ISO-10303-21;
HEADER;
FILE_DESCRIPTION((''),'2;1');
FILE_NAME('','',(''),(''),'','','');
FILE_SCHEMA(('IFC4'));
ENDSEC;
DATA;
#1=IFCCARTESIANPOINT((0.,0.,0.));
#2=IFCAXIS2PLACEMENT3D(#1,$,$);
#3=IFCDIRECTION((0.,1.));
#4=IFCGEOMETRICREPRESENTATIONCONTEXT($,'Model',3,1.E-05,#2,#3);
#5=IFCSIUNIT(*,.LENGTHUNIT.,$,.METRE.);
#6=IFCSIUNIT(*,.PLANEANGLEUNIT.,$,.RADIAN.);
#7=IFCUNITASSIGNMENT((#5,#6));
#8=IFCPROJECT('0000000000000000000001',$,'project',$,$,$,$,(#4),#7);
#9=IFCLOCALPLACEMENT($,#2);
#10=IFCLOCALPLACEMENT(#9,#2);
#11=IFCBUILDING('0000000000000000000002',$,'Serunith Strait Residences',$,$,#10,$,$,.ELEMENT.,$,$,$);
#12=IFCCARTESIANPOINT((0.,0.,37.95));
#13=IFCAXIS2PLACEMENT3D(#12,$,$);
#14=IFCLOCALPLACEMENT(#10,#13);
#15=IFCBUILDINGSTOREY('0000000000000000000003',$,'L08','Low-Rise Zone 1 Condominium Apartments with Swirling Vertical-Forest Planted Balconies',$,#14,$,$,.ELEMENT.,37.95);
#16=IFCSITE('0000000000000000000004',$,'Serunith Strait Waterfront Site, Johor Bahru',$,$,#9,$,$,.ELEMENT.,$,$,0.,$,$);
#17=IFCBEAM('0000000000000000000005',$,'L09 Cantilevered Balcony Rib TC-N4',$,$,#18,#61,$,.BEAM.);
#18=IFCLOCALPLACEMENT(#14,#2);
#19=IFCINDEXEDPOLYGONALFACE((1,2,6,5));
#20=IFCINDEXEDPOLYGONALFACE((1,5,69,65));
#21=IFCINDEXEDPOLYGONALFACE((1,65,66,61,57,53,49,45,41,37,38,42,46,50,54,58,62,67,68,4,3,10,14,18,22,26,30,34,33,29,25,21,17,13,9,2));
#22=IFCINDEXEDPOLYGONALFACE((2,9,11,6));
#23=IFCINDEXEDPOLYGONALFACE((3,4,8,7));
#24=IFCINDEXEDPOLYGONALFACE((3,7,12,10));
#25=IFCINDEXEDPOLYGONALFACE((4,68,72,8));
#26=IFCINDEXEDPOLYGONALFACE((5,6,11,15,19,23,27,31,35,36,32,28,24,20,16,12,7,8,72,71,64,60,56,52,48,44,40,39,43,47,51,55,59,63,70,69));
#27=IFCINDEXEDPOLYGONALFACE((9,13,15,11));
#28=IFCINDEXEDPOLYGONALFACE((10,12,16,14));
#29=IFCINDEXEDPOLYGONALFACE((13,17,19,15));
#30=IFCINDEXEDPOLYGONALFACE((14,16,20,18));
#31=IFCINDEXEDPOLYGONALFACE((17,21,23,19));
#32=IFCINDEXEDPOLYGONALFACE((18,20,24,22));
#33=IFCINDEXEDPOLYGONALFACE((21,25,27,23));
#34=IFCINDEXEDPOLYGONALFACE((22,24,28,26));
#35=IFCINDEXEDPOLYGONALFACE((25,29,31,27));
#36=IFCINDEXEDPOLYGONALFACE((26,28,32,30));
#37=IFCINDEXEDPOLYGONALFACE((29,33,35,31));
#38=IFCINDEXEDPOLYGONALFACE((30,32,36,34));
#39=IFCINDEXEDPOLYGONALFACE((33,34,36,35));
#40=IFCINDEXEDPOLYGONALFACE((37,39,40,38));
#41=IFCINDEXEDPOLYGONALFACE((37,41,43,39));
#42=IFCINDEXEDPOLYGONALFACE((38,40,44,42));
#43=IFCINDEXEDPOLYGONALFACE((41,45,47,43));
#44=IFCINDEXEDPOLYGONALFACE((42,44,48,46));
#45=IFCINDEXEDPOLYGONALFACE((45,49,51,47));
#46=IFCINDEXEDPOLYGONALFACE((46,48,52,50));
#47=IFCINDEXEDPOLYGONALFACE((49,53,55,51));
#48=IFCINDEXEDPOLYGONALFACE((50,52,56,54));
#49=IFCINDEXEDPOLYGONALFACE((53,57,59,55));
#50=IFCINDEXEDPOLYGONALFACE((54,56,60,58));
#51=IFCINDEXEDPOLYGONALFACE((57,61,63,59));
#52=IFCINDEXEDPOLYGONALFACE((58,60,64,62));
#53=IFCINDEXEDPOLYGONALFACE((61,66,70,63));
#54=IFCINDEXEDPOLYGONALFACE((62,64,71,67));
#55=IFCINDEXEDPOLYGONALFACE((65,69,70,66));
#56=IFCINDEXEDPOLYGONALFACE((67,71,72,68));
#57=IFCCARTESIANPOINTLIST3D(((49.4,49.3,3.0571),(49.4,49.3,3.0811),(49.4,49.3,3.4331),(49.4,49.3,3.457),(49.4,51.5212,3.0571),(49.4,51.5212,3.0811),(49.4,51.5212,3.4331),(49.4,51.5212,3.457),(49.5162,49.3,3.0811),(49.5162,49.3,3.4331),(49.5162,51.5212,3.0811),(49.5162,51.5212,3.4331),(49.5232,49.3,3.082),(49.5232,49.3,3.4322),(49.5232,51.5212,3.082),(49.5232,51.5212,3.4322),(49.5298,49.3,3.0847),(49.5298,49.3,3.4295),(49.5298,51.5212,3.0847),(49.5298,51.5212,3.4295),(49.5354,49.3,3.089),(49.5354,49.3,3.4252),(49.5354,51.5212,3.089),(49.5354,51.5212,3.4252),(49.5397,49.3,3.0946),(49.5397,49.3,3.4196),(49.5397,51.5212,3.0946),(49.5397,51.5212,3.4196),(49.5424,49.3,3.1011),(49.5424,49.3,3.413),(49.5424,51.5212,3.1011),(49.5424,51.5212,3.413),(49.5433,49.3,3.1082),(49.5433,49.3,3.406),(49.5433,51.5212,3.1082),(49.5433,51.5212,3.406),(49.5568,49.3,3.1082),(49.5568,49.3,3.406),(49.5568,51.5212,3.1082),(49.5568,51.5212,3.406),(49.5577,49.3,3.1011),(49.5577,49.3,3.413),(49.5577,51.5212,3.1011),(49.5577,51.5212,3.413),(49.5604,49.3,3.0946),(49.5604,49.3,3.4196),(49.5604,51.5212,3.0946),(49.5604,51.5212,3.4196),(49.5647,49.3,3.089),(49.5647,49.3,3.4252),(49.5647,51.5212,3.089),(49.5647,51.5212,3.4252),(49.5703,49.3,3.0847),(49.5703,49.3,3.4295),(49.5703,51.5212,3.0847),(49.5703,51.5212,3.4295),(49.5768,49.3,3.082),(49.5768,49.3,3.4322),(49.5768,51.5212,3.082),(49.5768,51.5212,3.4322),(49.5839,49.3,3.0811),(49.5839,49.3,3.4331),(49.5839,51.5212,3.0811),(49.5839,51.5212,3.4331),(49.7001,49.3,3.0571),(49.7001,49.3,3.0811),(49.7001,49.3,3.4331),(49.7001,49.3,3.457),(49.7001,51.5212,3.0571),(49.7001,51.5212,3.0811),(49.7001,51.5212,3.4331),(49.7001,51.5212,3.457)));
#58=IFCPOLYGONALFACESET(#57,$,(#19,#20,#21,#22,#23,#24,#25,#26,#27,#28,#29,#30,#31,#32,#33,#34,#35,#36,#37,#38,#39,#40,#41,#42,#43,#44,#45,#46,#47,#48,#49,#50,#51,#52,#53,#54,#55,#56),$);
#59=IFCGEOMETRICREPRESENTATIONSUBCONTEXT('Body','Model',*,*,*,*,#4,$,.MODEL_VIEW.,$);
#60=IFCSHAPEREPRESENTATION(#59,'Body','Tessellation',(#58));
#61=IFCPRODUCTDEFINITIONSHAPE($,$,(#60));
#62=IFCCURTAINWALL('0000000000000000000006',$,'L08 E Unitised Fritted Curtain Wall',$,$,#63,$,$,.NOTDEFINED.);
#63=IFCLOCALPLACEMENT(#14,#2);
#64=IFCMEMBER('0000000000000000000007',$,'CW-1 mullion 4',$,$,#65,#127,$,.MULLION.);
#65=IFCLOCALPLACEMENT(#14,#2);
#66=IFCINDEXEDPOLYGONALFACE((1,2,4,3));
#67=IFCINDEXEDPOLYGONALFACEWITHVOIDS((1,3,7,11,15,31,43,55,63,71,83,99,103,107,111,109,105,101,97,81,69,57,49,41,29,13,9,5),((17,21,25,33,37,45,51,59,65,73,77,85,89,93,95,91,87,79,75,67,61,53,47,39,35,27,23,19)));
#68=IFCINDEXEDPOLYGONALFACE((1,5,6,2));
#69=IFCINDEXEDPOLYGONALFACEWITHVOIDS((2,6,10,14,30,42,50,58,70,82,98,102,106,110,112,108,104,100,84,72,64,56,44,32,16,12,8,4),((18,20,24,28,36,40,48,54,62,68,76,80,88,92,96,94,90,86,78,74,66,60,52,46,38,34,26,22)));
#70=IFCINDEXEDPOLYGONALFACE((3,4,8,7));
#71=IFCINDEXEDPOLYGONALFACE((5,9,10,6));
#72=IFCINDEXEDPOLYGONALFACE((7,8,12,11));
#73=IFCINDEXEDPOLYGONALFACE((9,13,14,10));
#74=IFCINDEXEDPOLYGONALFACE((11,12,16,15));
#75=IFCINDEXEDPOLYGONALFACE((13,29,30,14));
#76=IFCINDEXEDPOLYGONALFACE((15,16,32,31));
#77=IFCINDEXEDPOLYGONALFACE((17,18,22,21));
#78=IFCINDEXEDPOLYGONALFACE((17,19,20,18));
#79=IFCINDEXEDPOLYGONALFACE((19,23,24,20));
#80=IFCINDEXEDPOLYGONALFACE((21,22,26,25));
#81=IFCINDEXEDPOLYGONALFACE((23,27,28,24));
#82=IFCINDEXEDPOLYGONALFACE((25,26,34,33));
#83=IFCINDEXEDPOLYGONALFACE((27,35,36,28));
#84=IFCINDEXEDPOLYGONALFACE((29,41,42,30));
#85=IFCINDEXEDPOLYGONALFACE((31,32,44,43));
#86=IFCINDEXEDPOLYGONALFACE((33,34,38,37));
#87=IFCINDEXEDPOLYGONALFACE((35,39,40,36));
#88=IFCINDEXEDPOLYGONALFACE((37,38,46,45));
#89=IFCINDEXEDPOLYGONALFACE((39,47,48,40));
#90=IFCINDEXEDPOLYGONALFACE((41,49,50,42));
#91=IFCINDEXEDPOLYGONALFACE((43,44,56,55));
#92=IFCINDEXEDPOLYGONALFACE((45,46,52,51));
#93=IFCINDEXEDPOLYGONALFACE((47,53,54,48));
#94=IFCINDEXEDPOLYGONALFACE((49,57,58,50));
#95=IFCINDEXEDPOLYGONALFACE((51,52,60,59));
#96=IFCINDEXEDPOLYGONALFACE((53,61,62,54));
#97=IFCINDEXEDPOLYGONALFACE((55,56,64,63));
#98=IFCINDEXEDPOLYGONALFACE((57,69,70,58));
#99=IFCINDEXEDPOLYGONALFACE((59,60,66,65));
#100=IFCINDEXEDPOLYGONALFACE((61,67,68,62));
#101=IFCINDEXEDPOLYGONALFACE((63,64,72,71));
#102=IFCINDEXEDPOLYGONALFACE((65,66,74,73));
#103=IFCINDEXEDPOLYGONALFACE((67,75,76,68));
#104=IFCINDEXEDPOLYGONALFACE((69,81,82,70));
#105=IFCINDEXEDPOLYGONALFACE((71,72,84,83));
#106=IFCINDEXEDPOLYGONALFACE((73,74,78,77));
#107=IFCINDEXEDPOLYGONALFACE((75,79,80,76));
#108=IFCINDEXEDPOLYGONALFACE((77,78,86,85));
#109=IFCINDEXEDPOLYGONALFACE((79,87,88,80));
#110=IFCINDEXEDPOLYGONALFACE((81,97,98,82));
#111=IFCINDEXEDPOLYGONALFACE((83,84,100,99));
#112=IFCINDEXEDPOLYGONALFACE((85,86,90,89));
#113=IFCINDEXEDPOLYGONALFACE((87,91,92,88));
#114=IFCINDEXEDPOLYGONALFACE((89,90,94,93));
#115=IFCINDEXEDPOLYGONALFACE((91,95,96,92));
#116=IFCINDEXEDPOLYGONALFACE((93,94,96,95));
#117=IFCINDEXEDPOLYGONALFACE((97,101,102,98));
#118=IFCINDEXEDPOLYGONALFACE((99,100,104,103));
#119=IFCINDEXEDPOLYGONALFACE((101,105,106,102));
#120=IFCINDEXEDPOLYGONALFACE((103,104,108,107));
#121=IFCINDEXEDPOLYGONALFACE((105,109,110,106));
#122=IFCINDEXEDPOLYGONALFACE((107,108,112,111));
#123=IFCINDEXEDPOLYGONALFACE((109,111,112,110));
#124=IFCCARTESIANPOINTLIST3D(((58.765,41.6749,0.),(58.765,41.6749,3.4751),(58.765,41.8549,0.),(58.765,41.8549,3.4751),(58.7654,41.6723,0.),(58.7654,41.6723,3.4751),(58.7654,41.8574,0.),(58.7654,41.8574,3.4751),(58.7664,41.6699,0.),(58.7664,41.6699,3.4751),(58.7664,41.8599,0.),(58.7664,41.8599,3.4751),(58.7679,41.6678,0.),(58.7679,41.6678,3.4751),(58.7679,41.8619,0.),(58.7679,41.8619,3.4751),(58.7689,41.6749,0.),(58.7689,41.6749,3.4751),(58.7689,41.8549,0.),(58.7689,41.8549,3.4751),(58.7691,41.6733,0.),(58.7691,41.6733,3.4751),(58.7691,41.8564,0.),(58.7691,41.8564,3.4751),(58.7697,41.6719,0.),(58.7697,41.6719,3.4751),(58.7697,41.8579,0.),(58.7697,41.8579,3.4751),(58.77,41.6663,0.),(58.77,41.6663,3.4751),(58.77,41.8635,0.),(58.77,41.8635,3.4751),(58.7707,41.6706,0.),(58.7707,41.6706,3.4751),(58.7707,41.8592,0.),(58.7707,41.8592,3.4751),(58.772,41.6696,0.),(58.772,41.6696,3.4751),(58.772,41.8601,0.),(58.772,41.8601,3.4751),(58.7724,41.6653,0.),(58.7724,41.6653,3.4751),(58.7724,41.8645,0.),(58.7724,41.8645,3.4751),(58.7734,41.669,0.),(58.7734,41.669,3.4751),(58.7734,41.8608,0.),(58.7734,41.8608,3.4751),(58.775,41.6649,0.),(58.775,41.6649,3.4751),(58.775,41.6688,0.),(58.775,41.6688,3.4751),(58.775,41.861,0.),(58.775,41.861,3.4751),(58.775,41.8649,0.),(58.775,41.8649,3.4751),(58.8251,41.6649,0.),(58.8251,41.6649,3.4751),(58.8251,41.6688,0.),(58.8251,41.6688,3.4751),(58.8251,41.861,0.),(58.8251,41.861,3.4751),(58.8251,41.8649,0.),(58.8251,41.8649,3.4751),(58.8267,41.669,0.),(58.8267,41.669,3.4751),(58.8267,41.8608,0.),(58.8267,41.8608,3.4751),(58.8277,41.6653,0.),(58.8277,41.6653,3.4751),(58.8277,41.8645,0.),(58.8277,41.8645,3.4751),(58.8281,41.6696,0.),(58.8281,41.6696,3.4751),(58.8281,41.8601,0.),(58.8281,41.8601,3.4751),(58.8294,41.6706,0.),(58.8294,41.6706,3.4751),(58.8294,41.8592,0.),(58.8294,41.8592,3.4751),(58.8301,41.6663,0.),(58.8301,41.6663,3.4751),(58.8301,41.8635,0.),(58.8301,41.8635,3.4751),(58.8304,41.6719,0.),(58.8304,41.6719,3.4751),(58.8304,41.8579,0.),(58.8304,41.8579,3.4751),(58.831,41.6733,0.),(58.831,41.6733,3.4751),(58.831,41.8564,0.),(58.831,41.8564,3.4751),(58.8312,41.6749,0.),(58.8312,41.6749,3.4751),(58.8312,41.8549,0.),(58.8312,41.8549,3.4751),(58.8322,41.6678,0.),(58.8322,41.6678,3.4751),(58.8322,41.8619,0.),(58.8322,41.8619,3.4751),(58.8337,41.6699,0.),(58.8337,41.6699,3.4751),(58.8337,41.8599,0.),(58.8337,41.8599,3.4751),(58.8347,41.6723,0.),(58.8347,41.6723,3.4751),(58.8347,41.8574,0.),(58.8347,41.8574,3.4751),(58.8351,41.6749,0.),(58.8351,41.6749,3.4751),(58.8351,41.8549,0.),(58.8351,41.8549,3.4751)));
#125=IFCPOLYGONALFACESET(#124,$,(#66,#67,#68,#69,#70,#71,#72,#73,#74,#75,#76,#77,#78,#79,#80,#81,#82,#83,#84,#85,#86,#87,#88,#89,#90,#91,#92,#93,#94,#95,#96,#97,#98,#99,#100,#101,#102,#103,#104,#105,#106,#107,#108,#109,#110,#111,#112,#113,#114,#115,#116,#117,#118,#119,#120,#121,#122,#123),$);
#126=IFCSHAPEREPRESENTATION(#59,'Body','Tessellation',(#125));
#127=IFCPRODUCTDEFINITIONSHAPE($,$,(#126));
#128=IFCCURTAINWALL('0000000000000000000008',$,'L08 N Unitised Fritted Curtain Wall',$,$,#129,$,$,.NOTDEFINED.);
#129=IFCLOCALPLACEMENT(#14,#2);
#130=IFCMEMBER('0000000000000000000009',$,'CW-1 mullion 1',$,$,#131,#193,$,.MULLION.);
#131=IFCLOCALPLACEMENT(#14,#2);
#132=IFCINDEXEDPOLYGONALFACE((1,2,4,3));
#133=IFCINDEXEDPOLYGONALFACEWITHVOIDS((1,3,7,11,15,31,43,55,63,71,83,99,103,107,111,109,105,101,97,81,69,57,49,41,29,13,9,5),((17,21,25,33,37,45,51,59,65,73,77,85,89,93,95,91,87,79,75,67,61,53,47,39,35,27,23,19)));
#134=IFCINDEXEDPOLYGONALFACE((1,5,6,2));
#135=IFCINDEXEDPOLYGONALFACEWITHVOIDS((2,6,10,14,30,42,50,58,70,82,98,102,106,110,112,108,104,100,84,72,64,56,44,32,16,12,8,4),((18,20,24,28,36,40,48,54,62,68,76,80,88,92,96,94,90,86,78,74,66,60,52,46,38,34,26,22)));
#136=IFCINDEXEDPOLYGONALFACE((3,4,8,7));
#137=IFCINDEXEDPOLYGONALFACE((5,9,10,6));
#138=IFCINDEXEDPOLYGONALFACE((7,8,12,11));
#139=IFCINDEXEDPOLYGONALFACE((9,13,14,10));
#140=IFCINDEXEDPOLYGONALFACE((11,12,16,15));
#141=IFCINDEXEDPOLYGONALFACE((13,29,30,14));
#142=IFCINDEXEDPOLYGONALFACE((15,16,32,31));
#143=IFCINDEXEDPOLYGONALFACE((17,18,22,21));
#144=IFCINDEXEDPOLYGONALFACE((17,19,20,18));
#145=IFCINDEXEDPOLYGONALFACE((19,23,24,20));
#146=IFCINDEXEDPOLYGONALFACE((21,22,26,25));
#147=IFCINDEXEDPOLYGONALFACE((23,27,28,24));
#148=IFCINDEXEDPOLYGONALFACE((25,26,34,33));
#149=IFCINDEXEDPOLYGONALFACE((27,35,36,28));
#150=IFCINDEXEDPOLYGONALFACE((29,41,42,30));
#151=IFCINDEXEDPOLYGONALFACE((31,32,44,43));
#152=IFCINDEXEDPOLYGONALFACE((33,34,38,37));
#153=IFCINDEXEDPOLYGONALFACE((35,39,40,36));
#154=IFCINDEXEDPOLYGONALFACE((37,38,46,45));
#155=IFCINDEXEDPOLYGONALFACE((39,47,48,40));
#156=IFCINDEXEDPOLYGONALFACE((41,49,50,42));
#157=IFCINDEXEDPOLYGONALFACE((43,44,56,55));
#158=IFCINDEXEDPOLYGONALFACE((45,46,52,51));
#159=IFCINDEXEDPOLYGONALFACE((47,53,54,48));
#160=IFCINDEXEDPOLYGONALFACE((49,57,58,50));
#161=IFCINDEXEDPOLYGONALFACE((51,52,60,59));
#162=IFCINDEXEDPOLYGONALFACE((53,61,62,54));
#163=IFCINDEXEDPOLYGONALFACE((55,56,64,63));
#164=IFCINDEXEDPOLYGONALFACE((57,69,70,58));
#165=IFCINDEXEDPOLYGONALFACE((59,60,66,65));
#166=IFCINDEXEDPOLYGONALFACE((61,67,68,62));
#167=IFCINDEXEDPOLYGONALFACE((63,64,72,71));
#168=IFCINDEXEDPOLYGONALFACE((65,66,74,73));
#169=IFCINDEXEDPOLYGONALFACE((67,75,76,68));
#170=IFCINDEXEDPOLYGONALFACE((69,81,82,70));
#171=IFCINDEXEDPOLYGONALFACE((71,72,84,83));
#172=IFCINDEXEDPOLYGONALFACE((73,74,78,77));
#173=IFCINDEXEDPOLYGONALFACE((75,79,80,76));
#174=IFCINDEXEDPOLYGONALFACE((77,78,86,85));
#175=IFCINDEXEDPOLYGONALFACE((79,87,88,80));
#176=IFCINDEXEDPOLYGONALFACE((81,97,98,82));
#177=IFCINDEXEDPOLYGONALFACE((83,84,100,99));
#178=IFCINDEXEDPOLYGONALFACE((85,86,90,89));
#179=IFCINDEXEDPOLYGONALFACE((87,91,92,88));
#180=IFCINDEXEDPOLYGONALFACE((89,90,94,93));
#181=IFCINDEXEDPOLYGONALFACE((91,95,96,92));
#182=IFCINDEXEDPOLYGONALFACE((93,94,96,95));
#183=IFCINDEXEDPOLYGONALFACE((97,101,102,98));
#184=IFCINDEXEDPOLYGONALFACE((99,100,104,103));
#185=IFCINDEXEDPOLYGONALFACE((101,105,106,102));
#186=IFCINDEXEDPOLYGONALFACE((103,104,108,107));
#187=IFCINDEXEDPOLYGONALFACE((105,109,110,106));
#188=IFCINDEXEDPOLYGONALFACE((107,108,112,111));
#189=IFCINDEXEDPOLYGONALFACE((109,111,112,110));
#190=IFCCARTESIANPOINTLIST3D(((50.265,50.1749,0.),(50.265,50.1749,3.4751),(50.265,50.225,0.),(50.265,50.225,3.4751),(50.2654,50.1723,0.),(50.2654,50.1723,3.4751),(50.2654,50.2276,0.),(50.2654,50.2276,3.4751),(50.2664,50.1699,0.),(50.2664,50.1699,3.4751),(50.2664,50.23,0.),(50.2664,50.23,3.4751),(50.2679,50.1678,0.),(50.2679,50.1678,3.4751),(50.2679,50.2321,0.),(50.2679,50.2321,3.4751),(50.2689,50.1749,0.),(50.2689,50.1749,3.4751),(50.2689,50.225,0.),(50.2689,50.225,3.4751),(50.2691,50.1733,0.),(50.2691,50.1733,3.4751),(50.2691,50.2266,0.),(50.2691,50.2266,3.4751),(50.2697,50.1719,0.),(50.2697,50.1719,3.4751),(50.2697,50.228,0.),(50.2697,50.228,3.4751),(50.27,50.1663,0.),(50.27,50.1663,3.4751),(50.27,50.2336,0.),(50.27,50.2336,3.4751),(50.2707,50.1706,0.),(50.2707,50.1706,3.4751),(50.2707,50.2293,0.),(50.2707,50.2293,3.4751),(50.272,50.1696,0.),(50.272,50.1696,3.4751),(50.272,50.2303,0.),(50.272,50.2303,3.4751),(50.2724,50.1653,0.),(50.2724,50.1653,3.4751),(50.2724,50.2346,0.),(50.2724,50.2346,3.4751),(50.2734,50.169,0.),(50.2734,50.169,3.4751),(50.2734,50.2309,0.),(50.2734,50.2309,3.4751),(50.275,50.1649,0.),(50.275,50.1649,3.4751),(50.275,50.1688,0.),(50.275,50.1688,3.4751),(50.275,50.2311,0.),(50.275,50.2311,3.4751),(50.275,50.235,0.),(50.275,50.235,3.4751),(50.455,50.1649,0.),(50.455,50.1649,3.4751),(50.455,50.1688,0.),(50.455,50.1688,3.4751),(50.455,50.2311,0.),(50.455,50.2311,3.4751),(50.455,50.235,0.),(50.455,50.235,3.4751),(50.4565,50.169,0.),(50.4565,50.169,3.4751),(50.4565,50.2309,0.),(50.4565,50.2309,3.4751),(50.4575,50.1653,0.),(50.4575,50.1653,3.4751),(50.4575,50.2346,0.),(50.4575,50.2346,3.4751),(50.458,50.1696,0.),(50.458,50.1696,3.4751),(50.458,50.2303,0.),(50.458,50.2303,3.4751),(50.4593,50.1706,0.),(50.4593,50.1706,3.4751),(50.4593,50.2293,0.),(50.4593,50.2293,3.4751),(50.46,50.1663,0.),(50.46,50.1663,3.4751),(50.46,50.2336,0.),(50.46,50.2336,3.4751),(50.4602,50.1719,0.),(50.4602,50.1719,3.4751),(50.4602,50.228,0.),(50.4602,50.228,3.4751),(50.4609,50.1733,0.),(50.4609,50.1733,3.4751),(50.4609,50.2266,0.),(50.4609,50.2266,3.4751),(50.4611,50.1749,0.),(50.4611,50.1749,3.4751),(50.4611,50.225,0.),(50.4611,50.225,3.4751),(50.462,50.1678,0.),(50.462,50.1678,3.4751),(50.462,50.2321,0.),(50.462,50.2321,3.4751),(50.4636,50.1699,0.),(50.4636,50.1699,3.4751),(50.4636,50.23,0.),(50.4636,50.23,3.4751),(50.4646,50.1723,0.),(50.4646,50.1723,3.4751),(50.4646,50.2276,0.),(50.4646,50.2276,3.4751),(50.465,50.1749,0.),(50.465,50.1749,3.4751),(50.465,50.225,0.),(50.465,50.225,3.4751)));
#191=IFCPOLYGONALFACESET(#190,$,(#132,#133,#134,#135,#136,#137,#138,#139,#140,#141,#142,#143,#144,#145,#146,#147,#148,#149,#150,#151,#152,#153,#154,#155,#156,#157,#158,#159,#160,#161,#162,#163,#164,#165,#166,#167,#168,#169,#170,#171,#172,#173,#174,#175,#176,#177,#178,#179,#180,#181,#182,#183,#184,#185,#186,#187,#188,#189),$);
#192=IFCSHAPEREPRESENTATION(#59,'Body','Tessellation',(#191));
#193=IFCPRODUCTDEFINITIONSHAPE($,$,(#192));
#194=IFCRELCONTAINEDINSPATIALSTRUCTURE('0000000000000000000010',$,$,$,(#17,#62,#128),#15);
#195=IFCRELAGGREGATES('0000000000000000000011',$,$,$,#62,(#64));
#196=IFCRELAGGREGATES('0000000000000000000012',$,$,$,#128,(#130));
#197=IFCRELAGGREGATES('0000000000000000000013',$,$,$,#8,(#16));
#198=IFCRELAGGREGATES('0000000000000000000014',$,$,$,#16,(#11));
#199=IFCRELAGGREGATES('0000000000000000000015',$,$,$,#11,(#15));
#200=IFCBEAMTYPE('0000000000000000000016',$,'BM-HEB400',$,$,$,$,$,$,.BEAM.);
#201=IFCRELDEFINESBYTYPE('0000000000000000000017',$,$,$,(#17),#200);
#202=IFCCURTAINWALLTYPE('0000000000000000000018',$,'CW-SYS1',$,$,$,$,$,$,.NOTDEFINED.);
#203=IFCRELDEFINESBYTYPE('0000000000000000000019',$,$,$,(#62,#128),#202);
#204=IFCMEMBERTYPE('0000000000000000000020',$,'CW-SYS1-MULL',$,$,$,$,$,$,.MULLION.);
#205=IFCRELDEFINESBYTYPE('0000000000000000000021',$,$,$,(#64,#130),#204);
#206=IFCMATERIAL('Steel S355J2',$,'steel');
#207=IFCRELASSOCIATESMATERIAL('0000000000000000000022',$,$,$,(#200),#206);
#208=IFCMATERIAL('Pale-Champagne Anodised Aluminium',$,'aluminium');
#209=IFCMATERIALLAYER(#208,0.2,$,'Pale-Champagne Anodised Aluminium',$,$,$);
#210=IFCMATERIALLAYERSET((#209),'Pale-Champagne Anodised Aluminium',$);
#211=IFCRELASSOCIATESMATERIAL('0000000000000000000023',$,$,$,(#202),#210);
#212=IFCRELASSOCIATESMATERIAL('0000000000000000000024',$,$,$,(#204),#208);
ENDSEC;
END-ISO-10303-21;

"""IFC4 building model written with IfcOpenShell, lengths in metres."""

from ifc_helpers import new_model, si_unit, direction, frame, origin, origin_2d, place, context, subcontext, project, spatial, hollow_rectangle, i_section, extrude, source, transform, mapped, material, layer, layer_set, material_profile, profile_set, type_object, element, aggregate, save


model = new_model("IFC4")

# Units and contexts
model_context = context("Model", 3, precision=1e-05, world=origin(), true_north=direction((0.0, 1.0)))
body_context = subcontext(model_context, "Body", "Model", "MODEL_VIEW")
ifc_project = project(units=[si_unit("LENGTHUNIT", "METRE"), si_unit("PLANEANGLEUNIT", "RADIAN")], contexts=[model_context])

# Site, building, storey
site_placement = place(None, origin())
site = spatial("IfcSite", under=ifc_project, at=site_placement, Name="Serunith Strait Waterfront Site, Johor Bahru", CompositionType="ELEMENT", RefElevation=0.0)
building_placement = place(site_placement, origin())
building = spatial("IfcBuilding", under=site, at=building_placement, Name="Serunith Strait Residences", CompositionType="ELEMENT")
storey_placement = place(building_placement, frame((0.0, 0.0, 37.95)))
storey = spatial("IfcBuildingStorey", under=building, at=storey_placement, Name="L08", Description="Low-Rise Zone 1 Condominium Apartments with Swirling Vertical-Forest Planted Balconies", CompositionType="ELEMENT", Elevation=37.95)

# Beam
ifc_material_1 = material(Name="Steel S355J2", Category="steel")
ifc_material_profile_1 = material_profile(ifc_material_1, i_section(OverallWidth=0.3, OverallDepth=0.3999, WebThickness=0.0134, FlangeThickness=0.0239, FilletRadius=0.0271, at=origin_2d()), Name="HEB 400")
ifc_profile_set_1 = profile_set([ifc_material_profile_1], Name="Steel S355J2")
beam_type_1 = type_object("IfcBeamType", Name="BM-HEB400", PredefinedType="BEAM", material=ifc_profile_set_1)
shared_shape_1 = source(origin(), body_context, "Body", "SweptSolid", [
    extrude(i_section(OverallWidth=0.3, OverallDepth=0.3999, WebThickness=0.0134, FlangeThickness=0.0239, FilletRadius=0.0271, at=origin_2d()), origin(), (0.0, 0.0, 1.0), 2.2212),
])
beam_1_placement = place(storey_placement, frame((49.55, 49.3, 3.2571), z_axis=(0.0, 1.0, 0.0), x_axis=(-1.0, 0.0, 0.0)))
element("IfcBeam", 1, at=beam_1_placement, inside=storey, type_object=beam_type_1, Name="L09 Cantilevered Balcony Rib TC-N4", PredefinedType="BEAM", context=body_context, shape_type="MappedRepresentation", body=[
    mapped(shared_shape_1, transform((0.0, 0.0, 0.0), scale=1.0)),
])

# Curtain wall, member
ifc_material_2 = material(Name="Pale-Champagne Anodised Aluminium", Category="aluminium")
ifc_layer_1 = layer(ifc_material_2, 0.2, Name="Pale-Champagne Anodised Aluminium")
ifc_layer_set_1 = layer_set([ifc_layer_1], Name="Pale-Champagne Anodised Aluminium")
curtain_wall_type = type_object("IfcCurtainWallType", Name="CW-SYS1", PredefinedType="NOTDEFINED", material=ifc_layer_set_1)
curtain_wall_1_placement = place(storey_placement, origin())
curtain_wall_1 = element("IfcCurtainWall", 2, at=curtain_wall_1_placement, inside=storey, type_object=curtain_wall_type, Name="L08 E Unitised Fritted Curtain Wall", PredefinedType="NOTDEFINED")
ifc_material_profile_2 = material_profile(ifc_material_2, hollow_rectangle(XDim=0.0701, YDim=0.2, WallThickness=0.0039, InnerFilletRadius=0.0061, OuterFilletRadius=0.01, at=origin_2d()), Name="ALU 200x70x4")
ifc_profile_set_2 = profile_set([ifc_material_profile_2], Name="Pale-Champagne Anodised Aluminium")
member_type_1 = type_object("IfcMemberType", Name="CW-SYS1-MULL", PredefinedType="MULLION", material=ifc_profile_set_2)
shared_shape_2 = source(origin(), body_context, "Body", "SweptSolid", [
    extrude(hollow_rectangle(XDim=0.0701, YDim=0.2, WallThickness=0.0039, InnerFilletRadius=0.0061, OuterFilletRadius=0.01, at=origin_2d()), origin(), (0.0, 0.0, 1.0), 3.4751),
])
member_1_placement = place(storey_placement, frame((58.8, 41.7649, 0.0), z_axis=(0.0, 0.0, 1.0), x_axis=(-1.0, 0.0, 0.0)))
member_1 = element("IfcMember", 3, at=member_1_placement, type_object=member_type_1, Name="CW-1 mullion 4", PredefinedType="MULLION", context=body_context, shape_type="MappedRepresentation", body=[
    mapped(shared_shape_2, transform((0.0, 0.0, 0.0), scale=1.0)),
])
aggregate(curtain_wall_1, [member_1])

# Curtain wall, member
curtain_wall_2_placement = place(storey_placement, origin())
curtain_wall_2 = element("IfcCurtainWall", 4, at=curtain_wall_2_placement, inside=storey, type_object=curtain_wall_type, Name="L08 N Unitised Fritted Curtain Wall", PredefinedType="NOTDEFINED")
member_2_placement = place(storey_placement, frame((50.365, 50.2, 0.0), z_axis=(0.0, 0.0, 1.0), x_axis=(0.0, -1.0, 0.0)))
member_2 = element("IfcMember", 5, at=member_2_placement, type_object=member_type_1, Name="CW-1 mullion 1", PredefinedType="MULLION", context=body_context, shape_type="MappedRepresentation", body=[
    mapped(shared_shape_2, transform((0.0, 0.0, 0.0), scale=1.0)),
])
aggregate(curtain_wall_2, [member_2])

save(model, "model.ifc")
